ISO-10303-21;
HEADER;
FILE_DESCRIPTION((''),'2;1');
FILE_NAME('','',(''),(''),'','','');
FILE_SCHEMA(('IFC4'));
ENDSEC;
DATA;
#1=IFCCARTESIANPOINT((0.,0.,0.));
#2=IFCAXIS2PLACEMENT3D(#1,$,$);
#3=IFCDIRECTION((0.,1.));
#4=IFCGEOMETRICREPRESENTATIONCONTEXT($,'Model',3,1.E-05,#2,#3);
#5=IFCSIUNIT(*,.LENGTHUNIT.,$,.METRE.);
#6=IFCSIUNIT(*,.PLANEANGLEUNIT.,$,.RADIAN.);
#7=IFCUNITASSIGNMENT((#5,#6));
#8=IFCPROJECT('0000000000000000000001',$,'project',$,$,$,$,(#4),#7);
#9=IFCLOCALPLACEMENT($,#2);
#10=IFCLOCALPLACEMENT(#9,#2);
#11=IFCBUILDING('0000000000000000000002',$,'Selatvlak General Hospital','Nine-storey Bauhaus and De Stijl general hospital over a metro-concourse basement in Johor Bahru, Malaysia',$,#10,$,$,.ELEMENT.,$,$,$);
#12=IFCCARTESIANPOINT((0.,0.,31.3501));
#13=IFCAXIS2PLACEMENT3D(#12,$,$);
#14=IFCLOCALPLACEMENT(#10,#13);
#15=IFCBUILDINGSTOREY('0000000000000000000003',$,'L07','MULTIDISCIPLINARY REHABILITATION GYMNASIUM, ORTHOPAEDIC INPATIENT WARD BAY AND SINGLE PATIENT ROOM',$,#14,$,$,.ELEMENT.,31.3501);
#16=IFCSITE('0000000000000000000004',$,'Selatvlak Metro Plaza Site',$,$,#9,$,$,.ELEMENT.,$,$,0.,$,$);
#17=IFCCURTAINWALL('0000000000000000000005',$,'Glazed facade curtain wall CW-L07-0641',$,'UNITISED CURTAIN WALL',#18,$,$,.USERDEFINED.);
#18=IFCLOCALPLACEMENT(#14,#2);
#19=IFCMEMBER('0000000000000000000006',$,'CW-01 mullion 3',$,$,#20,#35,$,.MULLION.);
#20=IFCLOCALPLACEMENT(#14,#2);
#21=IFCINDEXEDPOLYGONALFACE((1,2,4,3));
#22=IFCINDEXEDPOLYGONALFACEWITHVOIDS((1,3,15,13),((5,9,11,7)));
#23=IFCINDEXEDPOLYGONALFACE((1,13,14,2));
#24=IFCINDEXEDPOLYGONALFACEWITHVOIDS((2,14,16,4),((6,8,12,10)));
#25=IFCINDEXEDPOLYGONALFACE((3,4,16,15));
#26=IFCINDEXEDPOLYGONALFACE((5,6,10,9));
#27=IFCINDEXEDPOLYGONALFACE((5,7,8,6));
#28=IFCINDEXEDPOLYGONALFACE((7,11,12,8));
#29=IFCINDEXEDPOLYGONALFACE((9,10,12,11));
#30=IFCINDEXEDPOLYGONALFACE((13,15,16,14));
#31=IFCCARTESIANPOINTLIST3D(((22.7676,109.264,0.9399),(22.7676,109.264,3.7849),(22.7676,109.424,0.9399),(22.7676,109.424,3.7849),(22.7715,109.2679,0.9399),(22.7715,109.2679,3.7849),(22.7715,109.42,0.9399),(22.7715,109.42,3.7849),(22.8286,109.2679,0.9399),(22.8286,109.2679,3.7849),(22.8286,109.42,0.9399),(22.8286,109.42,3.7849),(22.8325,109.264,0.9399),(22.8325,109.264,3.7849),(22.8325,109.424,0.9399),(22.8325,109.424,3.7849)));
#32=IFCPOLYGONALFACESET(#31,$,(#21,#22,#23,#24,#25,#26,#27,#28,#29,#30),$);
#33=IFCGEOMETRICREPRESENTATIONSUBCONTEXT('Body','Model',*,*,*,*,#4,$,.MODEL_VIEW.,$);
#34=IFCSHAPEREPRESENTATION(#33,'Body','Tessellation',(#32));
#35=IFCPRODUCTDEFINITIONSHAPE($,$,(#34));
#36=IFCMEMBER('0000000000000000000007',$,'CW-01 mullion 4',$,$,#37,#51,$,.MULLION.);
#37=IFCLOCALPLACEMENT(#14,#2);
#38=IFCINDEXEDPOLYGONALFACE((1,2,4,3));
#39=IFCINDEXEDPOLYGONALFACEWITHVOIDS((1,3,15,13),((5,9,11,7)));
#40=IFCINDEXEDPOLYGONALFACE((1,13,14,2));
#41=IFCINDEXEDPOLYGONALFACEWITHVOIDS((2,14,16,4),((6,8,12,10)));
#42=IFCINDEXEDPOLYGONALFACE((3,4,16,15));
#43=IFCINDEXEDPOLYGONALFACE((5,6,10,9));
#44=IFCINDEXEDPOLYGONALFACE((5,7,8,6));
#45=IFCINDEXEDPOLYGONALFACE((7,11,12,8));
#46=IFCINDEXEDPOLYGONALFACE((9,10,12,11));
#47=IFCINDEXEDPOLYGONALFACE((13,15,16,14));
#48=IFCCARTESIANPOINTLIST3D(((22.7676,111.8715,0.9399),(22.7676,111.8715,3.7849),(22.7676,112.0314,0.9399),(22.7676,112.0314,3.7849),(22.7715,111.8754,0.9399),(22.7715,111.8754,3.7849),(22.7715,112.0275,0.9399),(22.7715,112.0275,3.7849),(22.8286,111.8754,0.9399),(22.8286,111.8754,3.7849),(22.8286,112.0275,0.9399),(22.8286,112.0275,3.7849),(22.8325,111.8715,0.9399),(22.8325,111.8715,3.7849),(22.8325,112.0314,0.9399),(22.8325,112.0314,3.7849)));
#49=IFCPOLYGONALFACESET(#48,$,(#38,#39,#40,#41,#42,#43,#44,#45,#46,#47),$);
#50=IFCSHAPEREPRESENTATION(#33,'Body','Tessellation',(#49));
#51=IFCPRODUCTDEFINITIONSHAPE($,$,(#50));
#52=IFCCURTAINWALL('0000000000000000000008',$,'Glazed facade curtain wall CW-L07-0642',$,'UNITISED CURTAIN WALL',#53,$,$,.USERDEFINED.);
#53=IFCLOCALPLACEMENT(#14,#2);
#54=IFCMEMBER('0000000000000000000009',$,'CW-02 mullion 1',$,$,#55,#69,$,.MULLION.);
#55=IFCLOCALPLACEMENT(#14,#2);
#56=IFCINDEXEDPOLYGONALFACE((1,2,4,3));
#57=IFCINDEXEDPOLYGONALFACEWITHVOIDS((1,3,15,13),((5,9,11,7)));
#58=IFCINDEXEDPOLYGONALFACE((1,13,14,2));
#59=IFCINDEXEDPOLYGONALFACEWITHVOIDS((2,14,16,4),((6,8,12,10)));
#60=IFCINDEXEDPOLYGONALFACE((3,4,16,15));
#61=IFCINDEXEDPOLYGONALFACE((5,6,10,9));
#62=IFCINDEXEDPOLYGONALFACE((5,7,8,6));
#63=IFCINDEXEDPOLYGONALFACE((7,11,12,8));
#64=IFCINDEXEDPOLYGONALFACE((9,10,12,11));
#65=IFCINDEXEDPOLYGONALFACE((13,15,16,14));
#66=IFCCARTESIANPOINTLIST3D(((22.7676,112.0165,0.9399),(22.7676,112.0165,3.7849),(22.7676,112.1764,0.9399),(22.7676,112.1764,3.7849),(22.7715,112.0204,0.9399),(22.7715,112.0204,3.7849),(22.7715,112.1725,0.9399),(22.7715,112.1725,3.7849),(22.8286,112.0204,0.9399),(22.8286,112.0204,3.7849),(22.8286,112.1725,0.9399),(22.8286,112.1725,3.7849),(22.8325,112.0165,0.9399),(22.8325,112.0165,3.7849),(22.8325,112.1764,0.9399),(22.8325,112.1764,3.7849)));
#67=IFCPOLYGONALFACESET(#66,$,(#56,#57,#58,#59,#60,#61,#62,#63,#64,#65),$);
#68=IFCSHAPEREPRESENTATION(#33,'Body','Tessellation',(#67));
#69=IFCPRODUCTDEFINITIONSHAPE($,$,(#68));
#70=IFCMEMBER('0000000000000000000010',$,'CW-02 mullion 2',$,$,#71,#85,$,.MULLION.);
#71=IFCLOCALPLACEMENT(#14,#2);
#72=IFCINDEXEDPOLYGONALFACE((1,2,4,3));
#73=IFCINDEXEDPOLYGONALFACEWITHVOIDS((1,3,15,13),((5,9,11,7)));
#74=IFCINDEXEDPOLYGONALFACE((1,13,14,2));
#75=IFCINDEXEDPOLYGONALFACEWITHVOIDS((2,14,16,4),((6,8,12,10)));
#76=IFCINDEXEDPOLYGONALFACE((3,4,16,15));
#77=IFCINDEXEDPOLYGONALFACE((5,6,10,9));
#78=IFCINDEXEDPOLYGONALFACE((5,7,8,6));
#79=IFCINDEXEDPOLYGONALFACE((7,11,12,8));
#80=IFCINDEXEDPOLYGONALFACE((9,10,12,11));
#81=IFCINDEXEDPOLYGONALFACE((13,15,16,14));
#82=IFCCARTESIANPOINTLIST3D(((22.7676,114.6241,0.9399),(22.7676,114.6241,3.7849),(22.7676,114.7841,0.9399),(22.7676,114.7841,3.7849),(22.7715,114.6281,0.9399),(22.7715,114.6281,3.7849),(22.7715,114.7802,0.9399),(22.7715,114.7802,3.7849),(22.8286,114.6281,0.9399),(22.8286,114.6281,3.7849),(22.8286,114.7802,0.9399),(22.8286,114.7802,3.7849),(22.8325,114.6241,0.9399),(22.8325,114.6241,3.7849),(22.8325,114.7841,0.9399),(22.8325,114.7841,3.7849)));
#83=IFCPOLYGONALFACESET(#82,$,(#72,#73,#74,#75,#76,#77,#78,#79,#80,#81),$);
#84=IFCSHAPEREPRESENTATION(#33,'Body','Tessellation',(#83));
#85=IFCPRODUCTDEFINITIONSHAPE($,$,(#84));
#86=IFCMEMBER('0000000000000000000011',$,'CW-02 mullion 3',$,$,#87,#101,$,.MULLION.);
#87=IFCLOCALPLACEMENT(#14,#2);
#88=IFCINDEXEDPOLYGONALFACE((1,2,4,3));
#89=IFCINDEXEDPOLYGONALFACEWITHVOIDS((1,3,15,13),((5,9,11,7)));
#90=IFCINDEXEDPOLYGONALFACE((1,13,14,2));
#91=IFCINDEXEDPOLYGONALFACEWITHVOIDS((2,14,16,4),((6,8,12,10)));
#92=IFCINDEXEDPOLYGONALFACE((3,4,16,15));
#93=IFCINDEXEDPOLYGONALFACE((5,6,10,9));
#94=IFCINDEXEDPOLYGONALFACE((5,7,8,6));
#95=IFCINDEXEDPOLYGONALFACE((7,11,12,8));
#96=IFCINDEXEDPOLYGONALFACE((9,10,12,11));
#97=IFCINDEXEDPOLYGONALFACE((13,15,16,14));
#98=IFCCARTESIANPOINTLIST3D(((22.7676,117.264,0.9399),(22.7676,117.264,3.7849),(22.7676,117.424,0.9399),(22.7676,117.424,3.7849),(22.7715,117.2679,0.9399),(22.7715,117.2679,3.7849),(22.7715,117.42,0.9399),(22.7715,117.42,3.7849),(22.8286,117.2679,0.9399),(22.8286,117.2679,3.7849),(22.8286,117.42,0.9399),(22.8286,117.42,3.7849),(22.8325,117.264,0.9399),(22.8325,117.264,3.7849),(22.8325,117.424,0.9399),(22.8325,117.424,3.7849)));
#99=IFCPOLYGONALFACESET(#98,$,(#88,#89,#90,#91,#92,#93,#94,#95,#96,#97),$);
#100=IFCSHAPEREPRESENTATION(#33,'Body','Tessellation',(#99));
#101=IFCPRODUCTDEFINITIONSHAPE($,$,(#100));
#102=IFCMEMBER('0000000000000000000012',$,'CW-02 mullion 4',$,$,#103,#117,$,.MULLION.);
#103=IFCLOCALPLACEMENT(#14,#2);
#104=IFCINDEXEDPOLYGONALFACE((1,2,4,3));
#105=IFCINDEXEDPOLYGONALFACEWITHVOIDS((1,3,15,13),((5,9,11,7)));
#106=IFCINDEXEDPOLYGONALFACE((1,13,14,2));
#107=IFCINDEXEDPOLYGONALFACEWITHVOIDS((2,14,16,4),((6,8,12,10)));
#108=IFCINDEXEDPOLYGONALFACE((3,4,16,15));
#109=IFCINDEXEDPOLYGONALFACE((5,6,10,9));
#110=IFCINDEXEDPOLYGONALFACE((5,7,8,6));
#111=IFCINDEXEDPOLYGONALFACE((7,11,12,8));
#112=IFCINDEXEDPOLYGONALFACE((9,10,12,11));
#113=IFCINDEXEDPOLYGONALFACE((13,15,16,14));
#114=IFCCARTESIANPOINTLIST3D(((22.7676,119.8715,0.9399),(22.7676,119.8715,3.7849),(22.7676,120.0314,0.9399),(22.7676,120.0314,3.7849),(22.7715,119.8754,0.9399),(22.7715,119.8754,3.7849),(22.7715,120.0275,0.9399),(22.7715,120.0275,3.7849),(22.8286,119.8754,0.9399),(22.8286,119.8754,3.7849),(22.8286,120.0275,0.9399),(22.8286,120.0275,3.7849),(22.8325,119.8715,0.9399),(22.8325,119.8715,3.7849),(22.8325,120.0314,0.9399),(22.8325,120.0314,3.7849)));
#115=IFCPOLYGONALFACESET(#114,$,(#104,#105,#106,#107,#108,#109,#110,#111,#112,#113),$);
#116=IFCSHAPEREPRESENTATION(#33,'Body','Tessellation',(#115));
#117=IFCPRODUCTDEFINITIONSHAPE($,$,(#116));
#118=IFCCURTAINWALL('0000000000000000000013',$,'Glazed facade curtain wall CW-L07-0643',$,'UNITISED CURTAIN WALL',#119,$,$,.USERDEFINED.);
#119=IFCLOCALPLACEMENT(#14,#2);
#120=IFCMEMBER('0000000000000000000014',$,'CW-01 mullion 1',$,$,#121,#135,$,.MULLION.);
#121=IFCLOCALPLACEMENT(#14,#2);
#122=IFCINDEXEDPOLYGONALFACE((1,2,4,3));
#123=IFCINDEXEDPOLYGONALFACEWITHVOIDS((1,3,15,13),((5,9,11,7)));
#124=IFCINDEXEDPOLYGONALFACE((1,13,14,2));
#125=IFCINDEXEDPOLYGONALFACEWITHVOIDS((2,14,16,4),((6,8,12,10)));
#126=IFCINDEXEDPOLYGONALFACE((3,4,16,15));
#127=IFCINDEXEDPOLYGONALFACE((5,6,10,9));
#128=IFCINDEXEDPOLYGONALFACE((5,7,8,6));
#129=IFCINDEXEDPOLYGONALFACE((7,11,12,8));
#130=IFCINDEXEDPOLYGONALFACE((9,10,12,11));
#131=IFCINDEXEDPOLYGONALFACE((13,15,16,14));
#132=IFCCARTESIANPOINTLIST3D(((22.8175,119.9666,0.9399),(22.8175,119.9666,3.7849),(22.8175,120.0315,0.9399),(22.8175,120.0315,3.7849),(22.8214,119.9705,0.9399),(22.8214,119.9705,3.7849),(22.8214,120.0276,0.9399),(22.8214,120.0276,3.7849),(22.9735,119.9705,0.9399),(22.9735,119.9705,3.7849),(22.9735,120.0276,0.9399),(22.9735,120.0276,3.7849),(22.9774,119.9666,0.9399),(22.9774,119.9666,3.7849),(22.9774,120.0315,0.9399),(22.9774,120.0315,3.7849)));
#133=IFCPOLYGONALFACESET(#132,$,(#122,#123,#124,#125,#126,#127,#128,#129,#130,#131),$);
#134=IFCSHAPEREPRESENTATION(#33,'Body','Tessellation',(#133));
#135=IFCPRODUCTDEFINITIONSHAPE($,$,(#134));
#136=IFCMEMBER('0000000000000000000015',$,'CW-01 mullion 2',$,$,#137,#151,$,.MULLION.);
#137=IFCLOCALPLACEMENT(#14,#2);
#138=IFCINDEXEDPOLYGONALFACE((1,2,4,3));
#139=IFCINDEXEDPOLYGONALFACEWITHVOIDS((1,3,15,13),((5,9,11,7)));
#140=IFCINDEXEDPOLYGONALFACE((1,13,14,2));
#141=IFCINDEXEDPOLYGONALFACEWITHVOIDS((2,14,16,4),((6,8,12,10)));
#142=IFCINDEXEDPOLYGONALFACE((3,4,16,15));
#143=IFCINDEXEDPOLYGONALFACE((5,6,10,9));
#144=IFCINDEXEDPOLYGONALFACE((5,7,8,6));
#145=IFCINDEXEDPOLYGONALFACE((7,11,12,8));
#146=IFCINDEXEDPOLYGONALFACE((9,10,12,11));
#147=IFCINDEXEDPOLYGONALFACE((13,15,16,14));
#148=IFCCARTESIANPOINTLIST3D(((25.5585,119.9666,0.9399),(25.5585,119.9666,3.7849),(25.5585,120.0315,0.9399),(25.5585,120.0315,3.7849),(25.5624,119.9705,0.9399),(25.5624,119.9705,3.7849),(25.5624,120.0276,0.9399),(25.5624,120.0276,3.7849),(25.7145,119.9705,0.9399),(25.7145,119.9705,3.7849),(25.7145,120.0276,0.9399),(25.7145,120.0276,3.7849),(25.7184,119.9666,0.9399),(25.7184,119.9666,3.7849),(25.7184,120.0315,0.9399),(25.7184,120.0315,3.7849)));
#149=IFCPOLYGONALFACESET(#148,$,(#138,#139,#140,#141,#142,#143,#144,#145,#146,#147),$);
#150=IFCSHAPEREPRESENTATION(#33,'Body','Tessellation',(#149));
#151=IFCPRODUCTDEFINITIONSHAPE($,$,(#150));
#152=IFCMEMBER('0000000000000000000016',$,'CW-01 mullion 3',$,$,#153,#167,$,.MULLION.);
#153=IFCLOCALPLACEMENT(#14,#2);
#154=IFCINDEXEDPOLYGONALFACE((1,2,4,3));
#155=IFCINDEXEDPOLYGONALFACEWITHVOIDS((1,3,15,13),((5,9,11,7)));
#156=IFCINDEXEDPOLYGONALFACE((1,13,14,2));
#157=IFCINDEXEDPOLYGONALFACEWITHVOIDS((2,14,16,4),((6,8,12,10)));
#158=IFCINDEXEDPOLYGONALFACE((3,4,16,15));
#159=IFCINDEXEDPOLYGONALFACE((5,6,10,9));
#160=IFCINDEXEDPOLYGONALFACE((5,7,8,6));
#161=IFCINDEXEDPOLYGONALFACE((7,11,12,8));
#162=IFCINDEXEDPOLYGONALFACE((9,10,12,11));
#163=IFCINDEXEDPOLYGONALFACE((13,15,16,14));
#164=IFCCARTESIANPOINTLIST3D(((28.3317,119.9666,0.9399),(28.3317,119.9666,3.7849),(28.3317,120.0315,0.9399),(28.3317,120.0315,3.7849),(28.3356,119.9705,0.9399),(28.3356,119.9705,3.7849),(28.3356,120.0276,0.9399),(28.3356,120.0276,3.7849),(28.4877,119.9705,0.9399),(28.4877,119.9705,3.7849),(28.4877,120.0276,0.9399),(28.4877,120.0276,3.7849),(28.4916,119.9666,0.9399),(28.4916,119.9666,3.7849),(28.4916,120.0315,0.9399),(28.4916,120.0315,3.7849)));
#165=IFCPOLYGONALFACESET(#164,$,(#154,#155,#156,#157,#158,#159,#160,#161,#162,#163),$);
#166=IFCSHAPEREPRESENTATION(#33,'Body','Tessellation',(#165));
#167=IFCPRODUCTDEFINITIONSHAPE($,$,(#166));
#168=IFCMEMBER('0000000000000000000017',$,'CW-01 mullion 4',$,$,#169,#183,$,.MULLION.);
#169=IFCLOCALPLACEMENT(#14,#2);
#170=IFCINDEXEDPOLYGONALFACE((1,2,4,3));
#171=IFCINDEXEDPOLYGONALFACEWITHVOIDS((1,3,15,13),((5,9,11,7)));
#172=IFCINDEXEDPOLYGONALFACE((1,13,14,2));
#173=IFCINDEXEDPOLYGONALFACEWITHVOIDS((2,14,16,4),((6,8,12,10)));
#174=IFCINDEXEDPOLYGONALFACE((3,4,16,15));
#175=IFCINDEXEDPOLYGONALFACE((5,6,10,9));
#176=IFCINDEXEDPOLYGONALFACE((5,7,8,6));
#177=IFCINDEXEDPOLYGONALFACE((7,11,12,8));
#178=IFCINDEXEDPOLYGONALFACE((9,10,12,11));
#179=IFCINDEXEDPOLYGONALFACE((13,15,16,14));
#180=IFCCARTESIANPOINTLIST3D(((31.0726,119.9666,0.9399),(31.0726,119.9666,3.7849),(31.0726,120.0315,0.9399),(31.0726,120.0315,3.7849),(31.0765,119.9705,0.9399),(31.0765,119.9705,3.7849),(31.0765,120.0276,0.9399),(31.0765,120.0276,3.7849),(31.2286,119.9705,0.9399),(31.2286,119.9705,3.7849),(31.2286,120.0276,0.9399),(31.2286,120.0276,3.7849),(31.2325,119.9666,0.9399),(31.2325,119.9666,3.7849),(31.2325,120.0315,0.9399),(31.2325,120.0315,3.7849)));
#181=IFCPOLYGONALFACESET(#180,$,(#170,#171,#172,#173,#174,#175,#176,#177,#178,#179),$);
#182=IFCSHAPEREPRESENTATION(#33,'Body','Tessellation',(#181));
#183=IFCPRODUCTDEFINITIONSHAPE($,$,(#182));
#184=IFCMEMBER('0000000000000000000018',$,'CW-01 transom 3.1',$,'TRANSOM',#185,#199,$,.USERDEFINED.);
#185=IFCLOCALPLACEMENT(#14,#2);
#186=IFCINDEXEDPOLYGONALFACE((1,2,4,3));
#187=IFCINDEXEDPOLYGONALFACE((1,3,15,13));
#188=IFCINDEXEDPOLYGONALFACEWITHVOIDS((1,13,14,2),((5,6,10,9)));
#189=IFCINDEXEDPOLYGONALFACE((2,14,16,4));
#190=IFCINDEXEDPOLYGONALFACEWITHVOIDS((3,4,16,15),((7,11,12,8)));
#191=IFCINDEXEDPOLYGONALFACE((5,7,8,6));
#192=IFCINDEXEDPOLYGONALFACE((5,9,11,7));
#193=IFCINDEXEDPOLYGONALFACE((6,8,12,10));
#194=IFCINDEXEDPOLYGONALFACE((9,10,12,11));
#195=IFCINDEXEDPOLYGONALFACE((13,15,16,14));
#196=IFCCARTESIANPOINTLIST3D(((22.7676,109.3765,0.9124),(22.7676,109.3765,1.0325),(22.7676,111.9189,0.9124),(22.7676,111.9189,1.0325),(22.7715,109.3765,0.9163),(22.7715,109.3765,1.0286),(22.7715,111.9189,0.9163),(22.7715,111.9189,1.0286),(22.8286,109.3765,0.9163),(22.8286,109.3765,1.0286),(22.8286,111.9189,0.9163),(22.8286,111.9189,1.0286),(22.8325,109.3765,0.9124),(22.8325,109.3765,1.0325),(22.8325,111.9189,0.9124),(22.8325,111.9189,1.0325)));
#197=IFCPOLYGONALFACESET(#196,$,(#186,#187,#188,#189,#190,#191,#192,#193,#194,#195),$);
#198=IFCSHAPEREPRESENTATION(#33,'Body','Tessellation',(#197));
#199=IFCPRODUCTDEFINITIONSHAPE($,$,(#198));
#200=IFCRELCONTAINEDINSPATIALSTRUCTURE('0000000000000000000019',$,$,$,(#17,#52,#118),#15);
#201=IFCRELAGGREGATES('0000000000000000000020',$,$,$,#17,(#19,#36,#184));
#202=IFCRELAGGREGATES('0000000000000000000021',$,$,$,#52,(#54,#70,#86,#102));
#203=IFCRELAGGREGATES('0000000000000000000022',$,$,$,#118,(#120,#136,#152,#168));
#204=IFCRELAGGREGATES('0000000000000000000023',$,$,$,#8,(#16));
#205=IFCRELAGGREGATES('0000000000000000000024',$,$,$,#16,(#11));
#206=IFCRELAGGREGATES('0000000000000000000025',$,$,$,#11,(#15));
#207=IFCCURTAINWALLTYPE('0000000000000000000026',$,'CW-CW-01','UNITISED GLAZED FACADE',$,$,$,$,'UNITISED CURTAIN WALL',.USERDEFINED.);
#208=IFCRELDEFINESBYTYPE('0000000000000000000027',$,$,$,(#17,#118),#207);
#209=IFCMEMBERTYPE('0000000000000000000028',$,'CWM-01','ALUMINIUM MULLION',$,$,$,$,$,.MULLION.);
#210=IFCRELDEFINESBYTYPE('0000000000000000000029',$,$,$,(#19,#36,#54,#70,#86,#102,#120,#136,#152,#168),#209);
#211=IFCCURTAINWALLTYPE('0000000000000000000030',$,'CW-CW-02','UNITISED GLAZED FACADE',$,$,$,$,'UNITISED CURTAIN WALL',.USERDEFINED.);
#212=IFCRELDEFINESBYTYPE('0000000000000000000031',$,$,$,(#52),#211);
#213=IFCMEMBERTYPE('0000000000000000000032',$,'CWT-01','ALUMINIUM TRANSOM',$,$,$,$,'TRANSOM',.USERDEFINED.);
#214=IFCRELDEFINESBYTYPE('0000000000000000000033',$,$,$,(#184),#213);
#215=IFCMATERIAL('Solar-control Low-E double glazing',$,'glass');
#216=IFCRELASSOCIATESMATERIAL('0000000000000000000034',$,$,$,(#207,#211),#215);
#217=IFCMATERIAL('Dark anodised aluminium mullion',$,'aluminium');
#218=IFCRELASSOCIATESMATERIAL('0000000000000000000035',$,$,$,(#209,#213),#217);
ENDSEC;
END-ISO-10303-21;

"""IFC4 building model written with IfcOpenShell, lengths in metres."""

from ifc_helpers import new_model, si_unit, direction, frame, origin, origin_2d, place, context, subcontext, project, spatial, hollow_rectangle, extrude, material, material_profile, profile_set, type_object, element, aggregate, save


model = new_model("IFC4")

# Units and contexts
model_context = context("Model", 3, precision=1e-05, world=origin(), true_north=direction((0.0, 1.0)))
body_context = subcontext(model_context, "Body", "Model", "MODEL_VIEW")
ifc_project = project(units=[si_unit("LENGTHUNIT", "METRE"), si_unit("PLANEANGLEUNIT", "RADIAN")], contexts=[model_context])

# Site, building, storey
site_placement = place(None, origin())
site = spatial("IfcSite", under=ifc_project, at=site_placement, Name="Selatvlak Metro Plaza Site", CompositionType="ELEMENT", RefElevation=0.0)
building_placement = place(site_placement, origin())
building = spatial("IfcBuilding", under=site, at=building_placement, Name="Selatvlak General Hospital", Description="Nine-storey Bauhaus and De Stijl general hospital over a metro-concourse basement in Johor Bahru, Malaysia", CompositionType="ELEMENT")
storey_placement = place(building_placement, frame((0.0, 0.0, 31.3501)))
storey = spatial("IfcBuildingStorey", under=building, at=storey_placement, Name="L07", Description="MULTIDISCIPLINARY REHABILITATION GYMNASIUM, ORTHOPAEDIC INPATIENT WARD BAY AND SINGLE PATIENT ROOM", CompositionType="ELEMENT", Elevation=31.3501)

# Curtain walls, members
ifc_material_1 = material(Name="Solar-control Low-E double glazing", Category="glass")
curtain_wall_type_1 = type_object("IfcCurtainWallType", Name="CW-CW-01", Description="UNITISED GLAZED FACADE", ElementType="UNITISED CURTAIN WALL", PredefinedType="USERDEFINED", material=ifc_material_1)
curtain_wall_1_placement = place(storey_placement, origin())
curtain_wall_1 = element("IfcCurtainWall", 1, at=curtain_wall_1_placement, inside=storey, type_object=curtain_wall_type_1, Name="Glazed facade curtain wall CW-L07-0641", ObjectType="UNITISED CURTAIN WALL", PredefinedType="USERDEFINED")
ifc_material_2 = material(Name="Dark anodised aluminium mullion", Category="aluminium")
ifc_material_profile_1 = material_profile(ifc_material_2, hollow_rectangle(XDim=0.0649, YDim=0.1599, WallThickness=0.0039, at=origin_2d()), Name="AL-MUL 65x160x4")
ifc_profile_set_1 = profile_set([ifc_material_profile_1], Name="Dark anodised aluminium mullion")
member_type_1 = type_object("IfcMemberType", Name="CWM-01", Description="ALUMINIUM MULLION", PredefinedType="MULLION", material=ifc_profile_set_1)
member_1_placement = place(storey_placement, frame((22.8, 109.344, 0.9399), z_axis=(0.0, 0.0, 1.0), x_axis=(-1.0, 0.0, 0.0)))
member_1 = element("IfcMember", 2, at=member_1_placement, type_object=member_type_1, Name="CW-01 mullion 3", PredefinedType="MULLION", context=body_context, shape_type="SweptSolid", body=[
    extrude(hollow_rectangle(XDim=0.0649, YDim=0.1599, WallThickness=0.0039, at=origin_2d()), origin(), (0.0, 0.0, 1.0), 2.845),
])
member_2_placement = place(storey_placement, frame((22.8, 111.9514, 0.9399), z_axis=(0.0, 0.0, 1.0), x_axis=(-1.0, 0.0, 0.0)))
member_2 = element("IfcMember", 3, at=member_2_placement, type_object=member_type_1, Name="CW-01 mullion 4", PredefinedType="MULLION", context=body_context, shape_type="SweptSolid", body=[
    extrude(hollow_rectangle(XDim=0.0649, YDim=0.1599, WallThickness=0.0039, at=origin_2d()), origin(), (0.0, 0.0, 1.0), 2.845),
])
curtain_wall_type_2 = type_object("IfcCurtainWallType", Name="CW-CW-02", Description="UNITISED GLAZED FACADE", ElementType="UNITISED CURTAIN WALL", PredefinedType="USERDEFINED", material=ifc_material_1)
curtain_wall_2_placement = place(storey_placement, origin())
curtain_wall_2 = element("IfcCurtainWall", 4, at=curtain_wall_2_placement, inside=storey, type_object=curtain_wall_type_2, Name="Glazed facade curtain wall CW-L07-0642", ObjectType="UNITISED CURTAIN WALL", PredefinedType="USERDEFINED")
member_3_placement = place(storey_placement, frame((22.8, 112.0964, 0.9399), z_axis=(0.0, 0.0, 1.0), x_axis=(-1.0, 0.0, 0.0)))
member_3 = element("IfcMember", 5, at=member_3_placement, type_object=member_type_1, Name="CW-02 mullion 1", PredefinedType="MULLION", context=body_context, shape_type="SweptSolid", body=[
    extrude(hollow_rectangle(XDim=0.0649, YDim=0.1599, WallThickness=0.0039, at=origin_2d()), origin(), (0.0, 0.0, 1.0), 2.845),
])
member_4_placement = place(storey_placement, frame((22.8, 114.7041, 0.9399), z_axis=(0.0, 0.0, 1.0), x_axis=(-1.0, 0.0, 0.0)))
member_4 = element("IfcMember", 6, at=member_4_placement, type_object=member_type_1, Name="CW-02 mullion 2", PredefinedType="MULLION", context=body_context, shape_type="SweptSolid", body=[
    extrude(hollow_rectangle(XDim=0.0649, YDim=0.1599, WallThickness=0.0039, at=origin_2d()), origin(), (0.0, 0.0, 1.0), 2.845),
])
member_5_placement = place(storey_placement, frame((22.8, 117.344, 0.9399), z_axis=(0.0, 0.0, 1.0), x_axis=(-1.0, 0.0, 0.0)))
member_5 = element("IfcMember", 7, at=member_5_placement, type_object=member_type_1, Name="CW-02 mullion 3", PredefinedType="MULLION", context=body_context, shape_type="SweptSolid", body=[
    extrude(hollow_rectangle(XDim=0.0649, YDim=0.1599, WallThickness=0.0039, at=origin_2d()), origin(), (0.0, 0.0, 1.0), 2.845),
])
member_6_placement = place(storey_placement, frame((22.8, 119.9514, 0.9399), z_axis=(0.0, 0.0, 1.0), x_axis=(-1.0, 0.0, 0.0)))
member_6 = element("IfcMember", 8, at=member_6_placement, type_object=member_type_1, Name="CW-02 mullion 4", PredefinedType="MULLION", context=body_context, shape_type="SweptSolid", body=[
    extrude(hollow_rectangle(XDim=0.0649, YDim=0.1599, WallThickness=0.0039, at=origin_2d()), origin(), (0.0, 0.0, 1.0), 2.845),
])
curtain_wall_3_placement = place(storey_placement, origin())
curtain_wall_3 = element("IfcCurtainWall", 9, at=curtain_wall_3_placement, inside=storey, type_object=curtain_wall_type_1, Name="Glazed facade curtain wall CW-L07-0643", ObjectType="UNITISED CURTAIN WALL", PredefinedType="USERDEFINED")
member_7_placement = place(storey_placement, frame((22.8975, 119.999, 0.9399), z_axis=(0.0, 0.0, 1.0), x_axis=(0.0, 1.0, 0.0)))
member_7 = element("IfcMember", 10, at=member_7_placement, type_object=member_type_1, Name="CW-01 mullion 1", PredefinedType="MULLION", context=body_context, shape_type="SweptSolid", body=[
    extrude(hollow_rectangle(XDim=0.0649, YDim=0.1599, WallThickness=0.0039, at=origin_2d()), origin(), (0.0, 0.0, 1.0), 2.845),
])
member_8_placement = place(storey_placement, frame((25.6384, 119.999, 0.9399), z_axis=(0.0, 0.0, 1.0), x_axis=(0.0, 1.0, 0.0)))
member_8 = element("IfcMember", 11, at=member_8_placement, type_object=member_type_1, Name="CW-01 mullion 2", PredefinedType="MULLION", context=body_context, shape_type="SweptSolid", body=[
    extrude(hollow_rectangle(XDim=0.0649, YDim=0.1599, WallThickness=0.0039, at=origin_2d()), origin(), (0.0, 0.0, 1.0), 2.845),
])
member_9_placement = place(storey_placement, frame((28.4116, 119.999, 0.9399), z_axis=(0.0, 0.0, 1.0), x_axis=(0.0, 1.0, 0.0)))
member_9 = element("IfcMember", 12, at=member_9_placement, type_object=member_type_1, Name="CW-01 mullion 3", PredefinedType="MULLION", context=body_context, shape_type="SweptSolid", body=[
    extrude(hollow_rectangle(XDim=0.0649, YDim=0.1599, WallThickness=0.0039, at=origin_2d()), origin(), (0.0, 0.0, 1.0), 2.845),
])
member_10_placement = place(storey_placement, frame((31.1526, 119.999, 0.9399), z_axis=(0.0, 0.0, 1.0), x_axis=(0.0, 1.0, 0.0)))
member_10 = element("IfcMember", 13, at=member_10_placement, type_object=member_type_1, Name="CW-01 mullion 4", PredefinedType="MULLION", context=body_context, shape_type="SweptSolid", body=[
    extrude(hollow_rectangle(XDim=0.0649, YDim=0.1599, WallThickness=0.0039, at=origin_2d()), origin(), (0.0, 0.0, 1.0), 2.845),
])

# Member
ifc_material_profile_2 = material_profile(ifc_material_2, hollow_rectangle(XDim=0.0649, YDim=0.1201, WallThickness=0.0039, at=origin_2d()), Name="AL-TRN 65x120x4")
ifc_profile_set_2 = profile_set([ifc_material_profile_2], Name="Dark anodised aluminium mullion")
member_type_2 = type_object("IfcMemberType", Name="CWT-01", Description="ALUMINIUM TRANSOM", ElementType="TRANSOM", PredefinedType="USERDEFINED", material=ifc_profile_set_2)
member_11_placement = place(storey_placement, frame((22.8, 109.3765, 0.9724), z_axis=(0.0, 1.0, 0.0), x_axis=(-1.0, 0.0, 0.0)))
member_11 = element("IfcMember", 14, at=member_11_placement, type_object=member_type_2, Name="CW-01 transom 3.1", ObjectType="TRANSOM", PredefinedType="USERDEFINED", context=body_context, shape_type="SweptSolid", body=[
    extrude(hollow_rectangle(XDim=0.0649, YDim=0.1201, WallThickness=0.0039, at=origin_2d()), origin(), (0.0, 0.0, 1.0), 2.5425),
])

aggregate(curtain_wall_1, [member_1, member_2, member_11])
aggregate(curtain_wall_2, [member_3, member_4, member_5, member_6])
aggregate(curtain_wall_3, [member_7, member_8, member_9, member_10])

save(model, "model.ifc")
